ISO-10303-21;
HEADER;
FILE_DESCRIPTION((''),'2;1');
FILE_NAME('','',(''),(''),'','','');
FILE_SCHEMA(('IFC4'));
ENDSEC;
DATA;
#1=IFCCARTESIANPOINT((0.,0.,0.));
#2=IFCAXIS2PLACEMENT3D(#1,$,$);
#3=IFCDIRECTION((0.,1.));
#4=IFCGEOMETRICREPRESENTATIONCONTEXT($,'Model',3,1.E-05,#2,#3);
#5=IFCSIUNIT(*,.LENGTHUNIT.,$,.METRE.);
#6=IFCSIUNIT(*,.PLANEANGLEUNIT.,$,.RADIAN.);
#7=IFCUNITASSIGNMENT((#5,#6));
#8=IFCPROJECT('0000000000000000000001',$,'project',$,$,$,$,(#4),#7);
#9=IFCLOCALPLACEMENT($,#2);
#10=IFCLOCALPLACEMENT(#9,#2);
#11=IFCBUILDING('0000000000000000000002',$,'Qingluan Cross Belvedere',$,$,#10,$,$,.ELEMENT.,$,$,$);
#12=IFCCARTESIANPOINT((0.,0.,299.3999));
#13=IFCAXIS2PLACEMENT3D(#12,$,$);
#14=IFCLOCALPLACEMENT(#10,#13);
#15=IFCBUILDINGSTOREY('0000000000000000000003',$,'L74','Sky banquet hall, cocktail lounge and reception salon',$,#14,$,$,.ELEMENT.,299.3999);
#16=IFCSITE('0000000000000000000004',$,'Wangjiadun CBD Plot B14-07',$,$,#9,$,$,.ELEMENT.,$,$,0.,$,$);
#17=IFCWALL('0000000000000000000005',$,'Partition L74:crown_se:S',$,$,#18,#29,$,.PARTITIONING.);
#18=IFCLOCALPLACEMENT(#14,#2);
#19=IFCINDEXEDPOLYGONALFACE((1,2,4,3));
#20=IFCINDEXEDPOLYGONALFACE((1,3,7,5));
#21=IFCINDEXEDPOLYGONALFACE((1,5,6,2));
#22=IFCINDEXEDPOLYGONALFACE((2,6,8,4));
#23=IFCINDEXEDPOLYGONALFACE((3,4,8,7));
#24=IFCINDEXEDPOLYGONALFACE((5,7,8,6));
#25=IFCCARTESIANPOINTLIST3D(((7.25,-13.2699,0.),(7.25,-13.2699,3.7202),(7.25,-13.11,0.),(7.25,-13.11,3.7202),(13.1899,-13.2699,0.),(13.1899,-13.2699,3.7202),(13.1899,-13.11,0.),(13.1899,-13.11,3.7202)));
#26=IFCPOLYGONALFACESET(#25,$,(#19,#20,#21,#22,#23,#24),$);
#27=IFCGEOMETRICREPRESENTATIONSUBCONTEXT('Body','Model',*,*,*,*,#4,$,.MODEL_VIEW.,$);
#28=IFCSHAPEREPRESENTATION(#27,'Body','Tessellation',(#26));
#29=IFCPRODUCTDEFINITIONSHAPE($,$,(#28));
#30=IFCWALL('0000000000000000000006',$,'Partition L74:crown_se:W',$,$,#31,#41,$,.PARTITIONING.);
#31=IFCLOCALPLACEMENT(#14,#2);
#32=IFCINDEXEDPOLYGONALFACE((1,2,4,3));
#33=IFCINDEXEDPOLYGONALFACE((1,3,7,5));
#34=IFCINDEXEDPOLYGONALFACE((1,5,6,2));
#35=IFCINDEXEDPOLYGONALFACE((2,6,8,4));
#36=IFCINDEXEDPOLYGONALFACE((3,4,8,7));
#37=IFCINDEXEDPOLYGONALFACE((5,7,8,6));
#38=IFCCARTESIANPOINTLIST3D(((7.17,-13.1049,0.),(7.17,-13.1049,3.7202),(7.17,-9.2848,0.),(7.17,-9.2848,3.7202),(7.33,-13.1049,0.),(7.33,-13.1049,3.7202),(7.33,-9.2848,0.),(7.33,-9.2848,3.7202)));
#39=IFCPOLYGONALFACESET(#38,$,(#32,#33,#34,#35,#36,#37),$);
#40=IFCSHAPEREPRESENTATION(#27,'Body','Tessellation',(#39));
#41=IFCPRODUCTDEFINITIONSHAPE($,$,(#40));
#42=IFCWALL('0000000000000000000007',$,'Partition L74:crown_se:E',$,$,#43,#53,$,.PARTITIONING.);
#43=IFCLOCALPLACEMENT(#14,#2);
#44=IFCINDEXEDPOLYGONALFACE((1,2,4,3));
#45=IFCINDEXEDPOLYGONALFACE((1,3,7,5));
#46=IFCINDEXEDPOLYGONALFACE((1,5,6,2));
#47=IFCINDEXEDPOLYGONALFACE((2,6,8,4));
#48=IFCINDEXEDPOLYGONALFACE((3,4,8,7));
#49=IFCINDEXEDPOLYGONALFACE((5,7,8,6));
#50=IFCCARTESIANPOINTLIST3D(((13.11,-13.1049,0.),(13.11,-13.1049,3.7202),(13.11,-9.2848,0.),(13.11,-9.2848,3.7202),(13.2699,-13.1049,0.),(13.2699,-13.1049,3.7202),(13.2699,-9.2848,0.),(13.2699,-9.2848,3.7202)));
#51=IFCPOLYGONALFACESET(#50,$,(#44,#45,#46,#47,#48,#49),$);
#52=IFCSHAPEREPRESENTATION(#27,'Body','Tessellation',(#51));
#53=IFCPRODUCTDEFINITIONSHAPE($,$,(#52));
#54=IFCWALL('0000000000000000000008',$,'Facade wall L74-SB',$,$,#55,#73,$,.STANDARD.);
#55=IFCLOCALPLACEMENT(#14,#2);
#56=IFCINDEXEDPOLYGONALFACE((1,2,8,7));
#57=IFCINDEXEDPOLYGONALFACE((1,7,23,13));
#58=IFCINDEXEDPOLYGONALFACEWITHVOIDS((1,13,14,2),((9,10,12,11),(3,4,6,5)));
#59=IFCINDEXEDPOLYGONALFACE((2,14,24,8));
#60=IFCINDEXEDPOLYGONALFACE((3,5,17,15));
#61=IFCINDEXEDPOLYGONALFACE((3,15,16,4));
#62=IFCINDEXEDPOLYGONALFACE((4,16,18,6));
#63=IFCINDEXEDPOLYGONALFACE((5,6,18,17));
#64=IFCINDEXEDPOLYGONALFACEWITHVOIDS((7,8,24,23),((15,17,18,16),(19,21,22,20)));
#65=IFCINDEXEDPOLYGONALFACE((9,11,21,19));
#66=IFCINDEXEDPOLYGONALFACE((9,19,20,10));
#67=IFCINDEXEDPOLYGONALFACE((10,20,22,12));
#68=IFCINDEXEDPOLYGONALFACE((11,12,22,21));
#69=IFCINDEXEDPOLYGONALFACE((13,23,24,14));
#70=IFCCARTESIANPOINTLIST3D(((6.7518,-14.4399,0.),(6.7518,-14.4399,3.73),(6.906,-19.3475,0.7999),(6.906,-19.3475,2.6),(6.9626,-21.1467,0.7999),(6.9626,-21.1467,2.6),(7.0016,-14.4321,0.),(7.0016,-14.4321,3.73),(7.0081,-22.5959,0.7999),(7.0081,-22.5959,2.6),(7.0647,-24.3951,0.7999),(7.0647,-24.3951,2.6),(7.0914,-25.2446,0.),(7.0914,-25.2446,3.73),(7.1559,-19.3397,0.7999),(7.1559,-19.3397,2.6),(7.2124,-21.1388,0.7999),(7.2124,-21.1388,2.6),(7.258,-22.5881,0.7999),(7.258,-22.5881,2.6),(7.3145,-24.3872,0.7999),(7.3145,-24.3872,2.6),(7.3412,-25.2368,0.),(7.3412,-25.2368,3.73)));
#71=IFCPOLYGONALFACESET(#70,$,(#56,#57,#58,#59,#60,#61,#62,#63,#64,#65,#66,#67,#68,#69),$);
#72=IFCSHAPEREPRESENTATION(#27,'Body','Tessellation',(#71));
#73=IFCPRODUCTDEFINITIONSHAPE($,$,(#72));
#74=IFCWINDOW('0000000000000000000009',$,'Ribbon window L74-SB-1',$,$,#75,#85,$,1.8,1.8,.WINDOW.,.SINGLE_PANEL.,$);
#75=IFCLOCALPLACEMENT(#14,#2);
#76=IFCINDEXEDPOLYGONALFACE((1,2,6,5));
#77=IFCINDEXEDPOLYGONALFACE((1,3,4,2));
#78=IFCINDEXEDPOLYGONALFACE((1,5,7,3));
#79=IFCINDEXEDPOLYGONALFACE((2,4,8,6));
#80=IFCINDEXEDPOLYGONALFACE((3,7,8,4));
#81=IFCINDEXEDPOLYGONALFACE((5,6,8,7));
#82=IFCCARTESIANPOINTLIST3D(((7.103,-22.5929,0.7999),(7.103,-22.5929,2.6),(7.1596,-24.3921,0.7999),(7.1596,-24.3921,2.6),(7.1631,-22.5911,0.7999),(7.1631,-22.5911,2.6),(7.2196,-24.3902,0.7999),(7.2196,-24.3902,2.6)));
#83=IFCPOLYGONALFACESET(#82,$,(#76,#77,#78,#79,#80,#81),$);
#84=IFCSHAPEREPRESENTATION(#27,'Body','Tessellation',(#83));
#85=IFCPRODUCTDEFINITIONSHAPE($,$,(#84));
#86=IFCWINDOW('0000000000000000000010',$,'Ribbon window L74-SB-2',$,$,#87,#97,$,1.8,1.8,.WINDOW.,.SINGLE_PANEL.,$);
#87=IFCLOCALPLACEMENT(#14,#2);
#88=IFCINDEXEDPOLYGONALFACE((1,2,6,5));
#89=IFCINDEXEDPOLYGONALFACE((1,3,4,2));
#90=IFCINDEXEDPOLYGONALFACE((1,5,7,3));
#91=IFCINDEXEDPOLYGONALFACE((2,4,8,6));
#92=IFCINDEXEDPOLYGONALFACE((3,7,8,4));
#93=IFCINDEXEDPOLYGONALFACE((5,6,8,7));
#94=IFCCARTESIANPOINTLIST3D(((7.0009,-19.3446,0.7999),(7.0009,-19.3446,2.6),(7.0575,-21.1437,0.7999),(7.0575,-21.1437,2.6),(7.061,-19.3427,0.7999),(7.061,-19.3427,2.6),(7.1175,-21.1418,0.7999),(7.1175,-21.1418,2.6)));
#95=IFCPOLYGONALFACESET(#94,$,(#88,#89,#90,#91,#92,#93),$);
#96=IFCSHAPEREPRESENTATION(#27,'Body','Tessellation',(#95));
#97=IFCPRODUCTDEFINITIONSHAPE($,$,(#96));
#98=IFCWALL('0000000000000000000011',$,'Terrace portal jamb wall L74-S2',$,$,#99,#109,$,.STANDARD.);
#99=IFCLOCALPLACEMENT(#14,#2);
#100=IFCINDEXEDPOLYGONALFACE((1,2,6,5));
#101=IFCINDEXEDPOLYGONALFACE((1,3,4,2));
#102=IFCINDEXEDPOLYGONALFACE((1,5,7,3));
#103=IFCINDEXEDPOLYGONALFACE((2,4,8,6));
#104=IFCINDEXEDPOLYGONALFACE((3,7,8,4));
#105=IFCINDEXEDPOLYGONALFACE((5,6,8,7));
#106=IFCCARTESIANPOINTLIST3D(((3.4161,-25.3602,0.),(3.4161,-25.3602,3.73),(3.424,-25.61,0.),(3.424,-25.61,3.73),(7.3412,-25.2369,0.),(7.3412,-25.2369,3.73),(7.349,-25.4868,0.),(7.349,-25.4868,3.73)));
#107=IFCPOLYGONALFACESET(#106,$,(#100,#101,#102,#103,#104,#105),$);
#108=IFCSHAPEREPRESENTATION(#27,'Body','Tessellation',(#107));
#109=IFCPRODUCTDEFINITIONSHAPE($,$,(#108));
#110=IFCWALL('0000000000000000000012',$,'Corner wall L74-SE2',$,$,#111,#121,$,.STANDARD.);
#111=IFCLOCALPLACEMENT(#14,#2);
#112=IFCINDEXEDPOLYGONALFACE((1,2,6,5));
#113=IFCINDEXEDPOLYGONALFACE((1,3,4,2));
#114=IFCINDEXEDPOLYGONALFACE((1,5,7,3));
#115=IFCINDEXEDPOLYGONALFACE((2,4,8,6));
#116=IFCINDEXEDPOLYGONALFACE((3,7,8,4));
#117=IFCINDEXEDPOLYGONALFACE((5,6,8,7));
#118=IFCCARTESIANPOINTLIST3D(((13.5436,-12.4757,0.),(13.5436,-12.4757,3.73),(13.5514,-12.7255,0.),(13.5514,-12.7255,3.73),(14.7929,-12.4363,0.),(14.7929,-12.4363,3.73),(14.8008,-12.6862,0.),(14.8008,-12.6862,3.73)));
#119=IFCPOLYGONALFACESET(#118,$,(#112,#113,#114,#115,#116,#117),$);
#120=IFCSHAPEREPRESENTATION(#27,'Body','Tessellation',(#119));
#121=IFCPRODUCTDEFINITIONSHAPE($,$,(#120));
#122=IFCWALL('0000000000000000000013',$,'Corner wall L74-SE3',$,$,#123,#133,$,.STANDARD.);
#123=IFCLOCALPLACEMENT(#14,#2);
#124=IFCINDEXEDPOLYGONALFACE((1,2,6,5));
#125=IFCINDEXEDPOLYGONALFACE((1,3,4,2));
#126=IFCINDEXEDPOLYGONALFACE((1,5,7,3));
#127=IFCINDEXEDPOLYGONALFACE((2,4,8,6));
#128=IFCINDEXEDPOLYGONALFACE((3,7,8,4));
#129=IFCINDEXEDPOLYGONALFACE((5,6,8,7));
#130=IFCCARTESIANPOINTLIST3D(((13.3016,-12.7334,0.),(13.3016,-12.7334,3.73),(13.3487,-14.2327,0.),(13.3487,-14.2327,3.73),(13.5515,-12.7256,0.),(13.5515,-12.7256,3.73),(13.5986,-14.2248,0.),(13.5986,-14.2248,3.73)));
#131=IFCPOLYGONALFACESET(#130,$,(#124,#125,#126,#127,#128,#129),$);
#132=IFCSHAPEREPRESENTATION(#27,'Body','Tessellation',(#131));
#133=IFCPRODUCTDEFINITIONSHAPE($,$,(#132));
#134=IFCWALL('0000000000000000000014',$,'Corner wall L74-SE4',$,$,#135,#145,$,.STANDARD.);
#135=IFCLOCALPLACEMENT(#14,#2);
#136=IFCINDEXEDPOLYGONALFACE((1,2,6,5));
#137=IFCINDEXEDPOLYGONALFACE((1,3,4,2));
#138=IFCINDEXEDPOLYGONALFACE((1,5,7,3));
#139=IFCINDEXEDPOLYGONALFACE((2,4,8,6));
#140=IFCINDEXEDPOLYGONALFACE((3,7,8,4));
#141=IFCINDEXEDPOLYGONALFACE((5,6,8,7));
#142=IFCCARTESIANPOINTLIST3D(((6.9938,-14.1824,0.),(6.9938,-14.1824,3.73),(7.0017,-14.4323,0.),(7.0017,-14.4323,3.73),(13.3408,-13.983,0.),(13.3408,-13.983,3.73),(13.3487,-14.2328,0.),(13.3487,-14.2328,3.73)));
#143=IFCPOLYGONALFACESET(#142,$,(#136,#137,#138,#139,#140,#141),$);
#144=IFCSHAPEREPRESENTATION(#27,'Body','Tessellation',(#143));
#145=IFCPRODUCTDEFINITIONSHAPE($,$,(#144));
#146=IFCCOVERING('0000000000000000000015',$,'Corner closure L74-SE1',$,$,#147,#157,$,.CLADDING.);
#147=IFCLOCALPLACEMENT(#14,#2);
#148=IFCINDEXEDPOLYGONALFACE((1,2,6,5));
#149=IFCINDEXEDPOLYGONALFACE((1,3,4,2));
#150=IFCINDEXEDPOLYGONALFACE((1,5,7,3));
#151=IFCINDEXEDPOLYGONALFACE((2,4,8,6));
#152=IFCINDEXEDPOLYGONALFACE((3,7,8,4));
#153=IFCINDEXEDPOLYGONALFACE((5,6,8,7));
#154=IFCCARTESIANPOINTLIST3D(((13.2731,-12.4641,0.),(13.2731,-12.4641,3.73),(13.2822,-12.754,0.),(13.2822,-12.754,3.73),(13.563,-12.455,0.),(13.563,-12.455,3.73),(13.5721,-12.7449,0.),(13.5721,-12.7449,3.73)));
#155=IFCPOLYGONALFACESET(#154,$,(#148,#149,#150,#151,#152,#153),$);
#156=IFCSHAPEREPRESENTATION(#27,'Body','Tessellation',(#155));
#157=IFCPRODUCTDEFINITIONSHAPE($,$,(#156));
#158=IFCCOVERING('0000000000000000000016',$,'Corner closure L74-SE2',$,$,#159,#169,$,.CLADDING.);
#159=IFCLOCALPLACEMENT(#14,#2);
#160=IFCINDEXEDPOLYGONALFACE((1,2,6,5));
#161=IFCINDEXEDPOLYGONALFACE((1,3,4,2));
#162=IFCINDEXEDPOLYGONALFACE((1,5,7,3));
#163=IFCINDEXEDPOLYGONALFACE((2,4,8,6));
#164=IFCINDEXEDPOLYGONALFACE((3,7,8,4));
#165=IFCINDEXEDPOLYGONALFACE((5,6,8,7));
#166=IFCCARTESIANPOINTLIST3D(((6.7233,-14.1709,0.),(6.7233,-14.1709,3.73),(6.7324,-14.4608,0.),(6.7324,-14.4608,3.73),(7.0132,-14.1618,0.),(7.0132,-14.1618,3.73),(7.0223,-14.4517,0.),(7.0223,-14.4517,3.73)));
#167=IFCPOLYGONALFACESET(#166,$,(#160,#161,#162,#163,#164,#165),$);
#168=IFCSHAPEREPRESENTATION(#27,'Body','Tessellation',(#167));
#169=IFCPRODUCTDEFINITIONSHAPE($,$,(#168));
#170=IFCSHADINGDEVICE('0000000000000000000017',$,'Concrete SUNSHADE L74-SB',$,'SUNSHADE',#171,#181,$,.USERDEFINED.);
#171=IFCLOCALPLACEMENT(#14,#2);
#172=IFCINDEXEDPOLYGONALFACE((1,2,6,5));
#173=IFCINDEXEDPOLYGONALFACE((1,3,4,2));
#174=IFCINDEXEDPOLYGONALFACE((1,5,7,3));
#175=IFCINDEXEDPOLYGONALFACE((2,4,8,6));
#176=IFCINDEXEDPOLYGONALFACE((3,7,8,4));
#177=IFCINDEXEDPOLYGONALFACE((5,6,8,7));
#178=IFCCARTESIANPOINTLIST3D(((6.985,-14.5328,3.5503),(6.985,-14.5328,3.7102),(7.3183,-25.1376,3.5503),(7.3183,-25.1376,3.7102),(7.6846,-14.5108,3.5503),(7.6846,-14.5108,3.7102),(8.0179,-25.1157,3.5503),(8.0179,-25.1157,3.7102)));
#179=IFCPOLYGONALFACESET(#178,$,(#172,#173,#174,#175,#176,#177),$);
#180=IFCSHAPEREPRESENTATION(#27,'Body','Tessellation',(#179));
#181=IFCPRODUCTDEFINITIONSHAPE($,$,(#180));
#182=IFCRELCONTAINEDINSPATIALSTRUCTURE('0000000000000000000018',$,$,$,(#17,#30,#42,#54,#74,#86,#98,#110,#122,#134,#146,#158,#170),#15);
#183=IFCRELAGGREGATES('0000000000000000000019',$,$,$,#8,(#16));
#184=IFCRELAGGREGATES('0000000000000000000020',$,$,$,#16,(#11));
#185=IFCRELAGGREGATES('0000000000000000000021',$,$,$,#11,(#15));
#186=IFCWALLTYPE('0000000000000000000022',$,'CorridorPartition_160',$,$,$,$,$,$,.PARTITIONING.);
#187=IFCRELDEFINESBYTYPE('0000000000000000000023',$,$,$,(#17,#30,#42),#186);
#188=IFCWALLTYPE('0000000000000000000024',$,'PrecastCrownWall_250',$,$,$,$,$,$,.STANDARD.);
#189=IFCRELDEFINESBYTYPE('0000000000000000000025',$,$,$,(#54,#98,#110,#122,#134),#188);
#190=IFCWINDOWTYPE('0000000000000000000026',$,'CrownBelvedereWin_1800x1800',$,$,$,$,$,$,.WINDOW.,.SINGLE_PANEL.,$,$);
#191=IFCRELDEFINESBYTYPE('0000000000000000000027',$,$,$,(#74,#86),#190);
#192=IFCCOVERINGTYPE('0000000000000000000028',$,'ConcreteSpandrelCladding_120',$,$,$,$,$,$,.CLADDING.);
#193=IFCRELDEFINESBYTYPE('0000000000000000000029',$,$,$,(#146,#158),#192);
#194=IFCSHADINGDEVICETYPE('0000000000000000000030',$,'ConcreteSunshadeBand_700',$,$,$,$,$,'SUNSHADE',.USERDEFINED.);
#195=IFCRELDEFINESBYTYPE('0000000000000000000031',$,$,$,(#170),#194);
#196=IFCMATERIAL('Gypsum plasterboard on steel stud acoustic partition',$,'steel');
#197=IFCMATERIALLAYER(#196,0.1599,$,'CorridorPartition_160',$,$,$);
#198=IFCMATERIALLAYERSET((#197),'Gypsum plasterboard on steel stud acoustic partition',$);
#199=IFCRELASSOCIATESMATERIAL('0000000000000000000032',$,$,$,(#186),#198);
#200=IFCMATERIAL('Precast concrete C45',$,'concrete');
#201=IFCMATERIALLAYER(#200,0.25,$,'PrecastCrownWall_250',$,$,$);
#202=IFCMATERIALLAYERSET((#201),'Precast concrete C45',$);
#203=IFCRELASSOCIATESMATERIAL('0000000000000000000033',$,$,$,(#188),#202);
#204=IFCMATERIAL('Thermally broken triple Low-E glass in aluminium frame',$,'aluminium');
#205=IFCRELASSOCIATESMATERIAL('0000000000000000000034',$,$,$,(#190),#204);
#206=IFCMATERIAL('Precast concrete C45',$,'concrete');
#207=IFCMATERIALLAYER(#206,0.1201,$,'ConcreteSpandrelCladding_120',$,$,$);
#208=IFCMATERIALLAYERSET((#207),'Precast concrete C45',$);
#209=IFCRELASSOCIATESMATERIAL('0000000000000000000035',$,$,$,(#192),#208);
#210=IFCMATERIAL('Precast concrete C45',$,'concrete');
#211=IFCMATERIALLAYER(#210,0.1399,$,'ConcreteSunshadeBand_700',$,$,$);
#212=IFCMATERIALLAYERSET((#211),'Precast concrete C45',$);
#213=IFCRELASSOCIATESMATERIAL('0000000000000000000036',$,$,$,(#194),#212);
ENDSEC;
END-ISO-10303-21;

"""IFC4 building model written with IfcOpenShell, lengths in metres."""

from ifc_helpers import new_model, si_unit, direction, frame, frame_2d, origin, origin_2d, place, context, subcontext, project, spatial, rectangle, extrude, material, layer, layer_set, type_object, element, fill, save


model = new_model("IFC4")

# Units and contexts
model_context = context("Model", 3, precision=1e-05, world=origin(), true_north=direction((0.0, 1.0)))
body_context = subcontext(model_context, "Body", "Model", "MODEL_VIEW")
ifc_project = project(units=[si_unit("LENGTHUNIT", "METRE"), si_unit("PLANEANGLEUNIT", "RADIAN")], contexts=[model_context])

# Site, building, storey
site_placement = place(None, origin())
site = spatial("IfcSite", under=ifc_project, at=site_placement, Name="Wangjiadun CBD Plot B14-07", CompositionType="ELEMENT", RefElevation=0.0)
building_placement = place(site_placement, origin())
building = spatial("IfcBuilding", under=site, at=building_placement, Name="Qingluan Cross Belvedere", CompositionType="ELEMENT")
storey_placement = place(building_placement, frame((0.0, 0.0, 299.3999)))
storey = spatial("IfcBuildingStorey", under=building, at=storey_placement, Name="L74", Description="Sky banquet hall, cocktail lounge and reception salon", CompositionType="ELEMENT", Elevation=299.3999)

# Walls
ifc_material_1 = material(Name="Gypsum plasterboard on steel stud acoustic partition", Category="steel")
ifc_layer_1 = layer(ifc_material_1, 0.1599, Name="CorridorPartition_160")
ifc_layer_set_1 = layer_set([ifc_layer_1], Name="Gypsum plasterboard on steel stud acoustic partition")
wall_type_1 = type_object("IfcWallType", Name="CorridorPartition_160", PredefinedType="PARTITIONING", material=ifc_layer_set_1)
wall_1_placement = place(storey_placement, frame((7.25, -13.1899, 0.0), z_axis=(0.0, 0.0, 1.0), x_axis=(1.0, 0.0, 0.0)))
element("IfcWall", 1, at=wall_1_placement, inside=storey, type_object=wall_type_1, Name="Partition L74:crown_se:S", PredefinedType="PARTITIONING", context=body_context, shape_type="SweptSolid", body=[
    extrude(rectangle(XDim=5.9399, YDim=0.1599, at=frame_2d((2.97, 0.0))), origin(), (0.0, 0.0, 1.0), 3.7202),
])
for number, where, z_axis, x_axis, name in (
    (2, (7.25, -13.105, 0.0), (0.0, 0.0, 1.0), (0.0, 1.0, 0.0), "Partition L74:crown_se:W"),
    (3, (13.1899, -13.105, 0.0), (0.0, 0.0, 1.0), (0.0, 1.0, 0.0), "Partition L74:crown_se:E"),
):
    element("IfcWall", number, at=place(storey_placement, frame(where, z_axis=z_axis, x_axis=x_axis)), inside=storey, type_object=wall_type_1, Name=name, PredefinedType="PARTITIONING", context=body_context, shape_type="SweptSolid", body=[
        extrude(rectangle(XDim=3.8201, YDim=0.1599, at=frame_2d((1.9102, 0.0))), origin(), (0.0, 0.0, 1.0), 3.7202),
    ])

# Wall, openings, windows
ifc_material_2 = material(Name="Precast concrete C45", Category="concrete")
ifc_layer_2 = layer(ifc_material_2, 0.25, Name="PrecastCrownWall_250")
ifc_layer_set_2 = layer_set([ifc_layer_2], Name="Precast concrete C45")
wall_type_2 = type_object("IfcWallType", Name="PrecastCrownWall_250", PredefinedType="STANDARD", material=ifc_layer_set_2)
wall_2_placement = place(storey_placement, frame((7.2163, -25.2407, 0.0), z_axis=(0.0, 0.0, 1.0), x_axis=(-0.031415, 0.999506, 0.0)))
wall_2 = element("IfcWall", 4, at=wall_2_placement, inside=storey, type_object=wall_type_2, Name="Facade wall L74-SB", PredefinedType="STANDARD", context=body_context, shape_type="SweptSolid", body=[
    extrude(rectangle(XDim=10.8101, YDim=0.25, at=frame_2d((5.405, 0.0))), origin(), (0.0, 0.0, 1.0), 3.73),
])
opening_1_placement = place(wall_2_placement, frame((0.8501, 0.0, 0.8)))
opening_1 = element("IfcOpeningElement", 5, at=opening_1_placement, cuts=wall_2, PredefinedType="OPENING", context=body_context, shape_type="SweptSolid", body=[
    extrude(rectangle(XDim=1.8, YDim=1.8, at=frame_2d((0.8999, 0.8999))), frame((0.0, 0.135, 0.0), z_axis=(0.0, -1.0, 0.0), x_axis=(1.0, 0.0, 0.0)), (0.0, 0.0, 1.0), 0.27),
])
opening_2_placement = place(wall_2_placement, frame((4.1001, 0.0, 0.8)))
opening_2 = element("IfcOpeningElement", 6, at=opening_2_placement, cuts=wall_2, PredefinedType="OPENING", context=body_context, shape_type="SweptSolid", body=[
    extrude(rectangle(XDim=1.8, YDim=1.8, at=frame_2d((0.8999, 0.8999))), frame((0.0, 0.135, 0.0), z_axis=(0.0, -1.0, 0.0), x_axis=(1.0, 0.0, 0.0)), (0.0, 0.0, 1.0), 0.27),
])
ifc_material_3 = material(Name="Thermally broken triple Low-E glass in aluminium frame", Category="aluminium")
window_type = type_object("IfcWindowType", Name="CrownBelvedereWin_1800x1800", PartitioningType="SINGLE_PANEL", PredefinedType="WINDOW", material=ifc_material_3)
window_1_placement = place(opening_1_placement, origin())
window_1 = element("IfcWindow", 7, at=window_1_placement, inside=storey, type_object=window_type, Name="Ribbon window L74-SB-1", OverallHeight=1.8, OverallWidth=1.8, PartitioningType="SINGLE_PANEL", PredefinedType="WINDOW", context=body_context, shape_type="SweptSolid", body=[
    extrude(rectangle(XDim=1.8, YDim=1.8, at=frame_2d((0.8999, 0.8999))), frame((0.0, 0.03, 0.0), z_axis=(0.0, -1.0, 0.0), x_axis=(1.0, 0.0, 0.0)), (0.0, 0.0, 1.0), 0.0601),
])
fill(opening_1, window_1)
window_2_placement = place(opening_2_placement, origin())
window_2 = element("IfcWindow", 8, at=window_2_placement, inside=storey, type_object=window_type, Name="Ribbon window L74-SB-2", OverallHeight=1.8, OverallWidth=1.8, PartitioningType="SINGLE_PANEL", PredefinedType="WINDOW", context=body_context, shape_type="SweptSolid", body=[
    extrude(rectangle(XDim=1.8, YDim=1.8, at=frame_2d((0.8999, 0.8999))), frame((0.0, 0.03, 0.0), z_axis=(0.0, -1.0, 0.0), x_axis=(1.0, 0.0, 0.0)), (0.0, 0.0, 1.0), 0.0601),
])
fill(opening_2, window_2)

# Walls
wall_3_placement = place(storey_placement, frame((3.4202, -25.4851, 0.0), z_axis=(0.0, 0.0, 1.0), x_axis=(0.999507, 0.031396, 0.0)))
element("IfcWall", 9, at=wall_3_placement, inside=storey, type_object=wall_type_2, Name="Terrace portal jamb wall L74-S2", PredefinedType="STANDARD", context=body_context, shape_type="SweptSolid", body=[
    extrude(rectangle(XDim=3.927, YDim=0.25, at=frame_2d((1.9634, 0.0))), origin(), (0.0, 0.0, 1.0), 3.73),
])
wall_4_placement = place(storey_placement, frame((14.7969, -12.5613, 0.0), z_axis=(0.0, 0.0, 1.0), x_axis=(-0.999505, -0.031448, 0.0)))
element("IfcWall", 10, at=wall_4_placement, inside=storey, type_object=wall_type_2, Name="Corner wall L74-SE2", PredefinedType="STANDARD", context=body_context, shape_type="SweptSolid", body=[
    extrude(rectangle(XDim=1.25, YDim=0.25, at=frame_2d((0.625, 0.0))), origin(), (0.0, 0.0, 1.0), 3.73),
])
wall_5_placement = place(storey_placement, frame((13.4265, -12.7295, 0.0), z_axis=(0.0, 0.0, 1.0), x_axis=(0.031413, -0.999507, 0.0)))
element("IfcWall", 11, at=wall_5_placement, inside=storey, type_object=wall_type_2, Name="Corner wall L74-SE3", PredefinedType="STANDARD", context=body_context, shape_type="SweptSolid", body=[
    extrude(rectangle(XDim=1.5, YDim=0.25, at=frame_2d((0.75, 0.0))), origin(), (0.0, 0.0, 1.0), 3.73),
])
wall_6_placement = place(storey_placement, frame((13.3447, -14.1079, 0.0), z_axis=(0.0, 0.0, 1.0), x_axis=(-0.999507, -0.031411, 0.0)))
element("IfcWall", 12, at=wall_6_placement, inside=storey, type_object=wall_type_2, Name="Corner wall L74-SE4", PredefinedType="STANDARD", context=body_context, shape_type="SweptSolid", body=[
    extrude(rectangle(XDim=6.3501, YDim=0.25, at=frame_2d((3.175, 0.0))), origin(), (0.0, 0.0, 1.0), 3.73),
])

# Coverings
ifc_material_4 = material(Name="Precast concrete C45", Category="concrete")
ifc_layer_3 = layer(ifc_material_4, 0.1201, Name="ConcreteSpandrelCladding_120")
ifc_layer_set_3 = layer_set([ifc_layer_3], Name="Precast concrete C45")
covering_type_1 = type_object("IfcCoveringType", Name="ConcreteSpandrelCladding_120", PredefinedType="CLADDING", material=ifc_layer_set_3)
for number, where, z_axis, x_axis, name in (
    (13, (13.4226, -12.6045, 0.0), (0.0, 0.0, 1.0), (0.999507, 0.031411, 0.0), "Corner closure L74-SE1"),
    (14, (6.8728, -14.3113, 0.0), (0.0, 0.0, 1.0), (0.999507, 0.031411, 0.0), "Corner closure L74-SE2"),
):
    element("IfcCovering", number, at=place(storey_placement, frame(where, z_axis=z_axis, x_axis=x_axis)), inside=storey, type_object=covering_type_1, Name=name, PredefinedType="CLADDING", context=body_context, shape_type="SweptSolid", body=[
        extrude(rectangle(XDim=0.29, YDim=0.29, at=origin_2d()), origin(), (0.0, 0.0, 1.0), 3.73),
    ])

# Shading device
ifc_material_5 = material(Name="Precast concrete C45", Category="concrete")
ifc_layer_4 = layer(ifc_material_5, 0.1399, Name="ConcreteSunshadeBand_700")
ifc_layer_set_4 = layer_set([ifc_layer_4], Name="Precast concrete C45")
shading_device_type = type_object("IfcShadingDeviceType", Name="ConcreteSunshadeBand_700", ElementType="SUNSHADE", PredefinedType="USERDEFINED", material=ifc_layer_set_4)
shading_device_placement = place(storey_placement, frame((7.5015, -19.8242, 3.5503), z_axis=(0.0, 0.0, 1.0), x_axis=(-0.031415, 0.999506, 0.0)))
element("IfcShadingDevice", 15, at=shading_device_placement, inside=storey, type_object=shading_device_type, Name="Concrete SUNSHADE L74-SB", ObjectType="SUNSHADE", PredefinedType="USERDEFINED", context=body_context, shape_type="SweptSolid", body=[
    extrude(rectangle(XDim=10.6101, YDim=0.7, at=origin_2d()), origin(), (0.0, 0.0, 1.0), 0.1599),
])

save(model, "model.ifc")
